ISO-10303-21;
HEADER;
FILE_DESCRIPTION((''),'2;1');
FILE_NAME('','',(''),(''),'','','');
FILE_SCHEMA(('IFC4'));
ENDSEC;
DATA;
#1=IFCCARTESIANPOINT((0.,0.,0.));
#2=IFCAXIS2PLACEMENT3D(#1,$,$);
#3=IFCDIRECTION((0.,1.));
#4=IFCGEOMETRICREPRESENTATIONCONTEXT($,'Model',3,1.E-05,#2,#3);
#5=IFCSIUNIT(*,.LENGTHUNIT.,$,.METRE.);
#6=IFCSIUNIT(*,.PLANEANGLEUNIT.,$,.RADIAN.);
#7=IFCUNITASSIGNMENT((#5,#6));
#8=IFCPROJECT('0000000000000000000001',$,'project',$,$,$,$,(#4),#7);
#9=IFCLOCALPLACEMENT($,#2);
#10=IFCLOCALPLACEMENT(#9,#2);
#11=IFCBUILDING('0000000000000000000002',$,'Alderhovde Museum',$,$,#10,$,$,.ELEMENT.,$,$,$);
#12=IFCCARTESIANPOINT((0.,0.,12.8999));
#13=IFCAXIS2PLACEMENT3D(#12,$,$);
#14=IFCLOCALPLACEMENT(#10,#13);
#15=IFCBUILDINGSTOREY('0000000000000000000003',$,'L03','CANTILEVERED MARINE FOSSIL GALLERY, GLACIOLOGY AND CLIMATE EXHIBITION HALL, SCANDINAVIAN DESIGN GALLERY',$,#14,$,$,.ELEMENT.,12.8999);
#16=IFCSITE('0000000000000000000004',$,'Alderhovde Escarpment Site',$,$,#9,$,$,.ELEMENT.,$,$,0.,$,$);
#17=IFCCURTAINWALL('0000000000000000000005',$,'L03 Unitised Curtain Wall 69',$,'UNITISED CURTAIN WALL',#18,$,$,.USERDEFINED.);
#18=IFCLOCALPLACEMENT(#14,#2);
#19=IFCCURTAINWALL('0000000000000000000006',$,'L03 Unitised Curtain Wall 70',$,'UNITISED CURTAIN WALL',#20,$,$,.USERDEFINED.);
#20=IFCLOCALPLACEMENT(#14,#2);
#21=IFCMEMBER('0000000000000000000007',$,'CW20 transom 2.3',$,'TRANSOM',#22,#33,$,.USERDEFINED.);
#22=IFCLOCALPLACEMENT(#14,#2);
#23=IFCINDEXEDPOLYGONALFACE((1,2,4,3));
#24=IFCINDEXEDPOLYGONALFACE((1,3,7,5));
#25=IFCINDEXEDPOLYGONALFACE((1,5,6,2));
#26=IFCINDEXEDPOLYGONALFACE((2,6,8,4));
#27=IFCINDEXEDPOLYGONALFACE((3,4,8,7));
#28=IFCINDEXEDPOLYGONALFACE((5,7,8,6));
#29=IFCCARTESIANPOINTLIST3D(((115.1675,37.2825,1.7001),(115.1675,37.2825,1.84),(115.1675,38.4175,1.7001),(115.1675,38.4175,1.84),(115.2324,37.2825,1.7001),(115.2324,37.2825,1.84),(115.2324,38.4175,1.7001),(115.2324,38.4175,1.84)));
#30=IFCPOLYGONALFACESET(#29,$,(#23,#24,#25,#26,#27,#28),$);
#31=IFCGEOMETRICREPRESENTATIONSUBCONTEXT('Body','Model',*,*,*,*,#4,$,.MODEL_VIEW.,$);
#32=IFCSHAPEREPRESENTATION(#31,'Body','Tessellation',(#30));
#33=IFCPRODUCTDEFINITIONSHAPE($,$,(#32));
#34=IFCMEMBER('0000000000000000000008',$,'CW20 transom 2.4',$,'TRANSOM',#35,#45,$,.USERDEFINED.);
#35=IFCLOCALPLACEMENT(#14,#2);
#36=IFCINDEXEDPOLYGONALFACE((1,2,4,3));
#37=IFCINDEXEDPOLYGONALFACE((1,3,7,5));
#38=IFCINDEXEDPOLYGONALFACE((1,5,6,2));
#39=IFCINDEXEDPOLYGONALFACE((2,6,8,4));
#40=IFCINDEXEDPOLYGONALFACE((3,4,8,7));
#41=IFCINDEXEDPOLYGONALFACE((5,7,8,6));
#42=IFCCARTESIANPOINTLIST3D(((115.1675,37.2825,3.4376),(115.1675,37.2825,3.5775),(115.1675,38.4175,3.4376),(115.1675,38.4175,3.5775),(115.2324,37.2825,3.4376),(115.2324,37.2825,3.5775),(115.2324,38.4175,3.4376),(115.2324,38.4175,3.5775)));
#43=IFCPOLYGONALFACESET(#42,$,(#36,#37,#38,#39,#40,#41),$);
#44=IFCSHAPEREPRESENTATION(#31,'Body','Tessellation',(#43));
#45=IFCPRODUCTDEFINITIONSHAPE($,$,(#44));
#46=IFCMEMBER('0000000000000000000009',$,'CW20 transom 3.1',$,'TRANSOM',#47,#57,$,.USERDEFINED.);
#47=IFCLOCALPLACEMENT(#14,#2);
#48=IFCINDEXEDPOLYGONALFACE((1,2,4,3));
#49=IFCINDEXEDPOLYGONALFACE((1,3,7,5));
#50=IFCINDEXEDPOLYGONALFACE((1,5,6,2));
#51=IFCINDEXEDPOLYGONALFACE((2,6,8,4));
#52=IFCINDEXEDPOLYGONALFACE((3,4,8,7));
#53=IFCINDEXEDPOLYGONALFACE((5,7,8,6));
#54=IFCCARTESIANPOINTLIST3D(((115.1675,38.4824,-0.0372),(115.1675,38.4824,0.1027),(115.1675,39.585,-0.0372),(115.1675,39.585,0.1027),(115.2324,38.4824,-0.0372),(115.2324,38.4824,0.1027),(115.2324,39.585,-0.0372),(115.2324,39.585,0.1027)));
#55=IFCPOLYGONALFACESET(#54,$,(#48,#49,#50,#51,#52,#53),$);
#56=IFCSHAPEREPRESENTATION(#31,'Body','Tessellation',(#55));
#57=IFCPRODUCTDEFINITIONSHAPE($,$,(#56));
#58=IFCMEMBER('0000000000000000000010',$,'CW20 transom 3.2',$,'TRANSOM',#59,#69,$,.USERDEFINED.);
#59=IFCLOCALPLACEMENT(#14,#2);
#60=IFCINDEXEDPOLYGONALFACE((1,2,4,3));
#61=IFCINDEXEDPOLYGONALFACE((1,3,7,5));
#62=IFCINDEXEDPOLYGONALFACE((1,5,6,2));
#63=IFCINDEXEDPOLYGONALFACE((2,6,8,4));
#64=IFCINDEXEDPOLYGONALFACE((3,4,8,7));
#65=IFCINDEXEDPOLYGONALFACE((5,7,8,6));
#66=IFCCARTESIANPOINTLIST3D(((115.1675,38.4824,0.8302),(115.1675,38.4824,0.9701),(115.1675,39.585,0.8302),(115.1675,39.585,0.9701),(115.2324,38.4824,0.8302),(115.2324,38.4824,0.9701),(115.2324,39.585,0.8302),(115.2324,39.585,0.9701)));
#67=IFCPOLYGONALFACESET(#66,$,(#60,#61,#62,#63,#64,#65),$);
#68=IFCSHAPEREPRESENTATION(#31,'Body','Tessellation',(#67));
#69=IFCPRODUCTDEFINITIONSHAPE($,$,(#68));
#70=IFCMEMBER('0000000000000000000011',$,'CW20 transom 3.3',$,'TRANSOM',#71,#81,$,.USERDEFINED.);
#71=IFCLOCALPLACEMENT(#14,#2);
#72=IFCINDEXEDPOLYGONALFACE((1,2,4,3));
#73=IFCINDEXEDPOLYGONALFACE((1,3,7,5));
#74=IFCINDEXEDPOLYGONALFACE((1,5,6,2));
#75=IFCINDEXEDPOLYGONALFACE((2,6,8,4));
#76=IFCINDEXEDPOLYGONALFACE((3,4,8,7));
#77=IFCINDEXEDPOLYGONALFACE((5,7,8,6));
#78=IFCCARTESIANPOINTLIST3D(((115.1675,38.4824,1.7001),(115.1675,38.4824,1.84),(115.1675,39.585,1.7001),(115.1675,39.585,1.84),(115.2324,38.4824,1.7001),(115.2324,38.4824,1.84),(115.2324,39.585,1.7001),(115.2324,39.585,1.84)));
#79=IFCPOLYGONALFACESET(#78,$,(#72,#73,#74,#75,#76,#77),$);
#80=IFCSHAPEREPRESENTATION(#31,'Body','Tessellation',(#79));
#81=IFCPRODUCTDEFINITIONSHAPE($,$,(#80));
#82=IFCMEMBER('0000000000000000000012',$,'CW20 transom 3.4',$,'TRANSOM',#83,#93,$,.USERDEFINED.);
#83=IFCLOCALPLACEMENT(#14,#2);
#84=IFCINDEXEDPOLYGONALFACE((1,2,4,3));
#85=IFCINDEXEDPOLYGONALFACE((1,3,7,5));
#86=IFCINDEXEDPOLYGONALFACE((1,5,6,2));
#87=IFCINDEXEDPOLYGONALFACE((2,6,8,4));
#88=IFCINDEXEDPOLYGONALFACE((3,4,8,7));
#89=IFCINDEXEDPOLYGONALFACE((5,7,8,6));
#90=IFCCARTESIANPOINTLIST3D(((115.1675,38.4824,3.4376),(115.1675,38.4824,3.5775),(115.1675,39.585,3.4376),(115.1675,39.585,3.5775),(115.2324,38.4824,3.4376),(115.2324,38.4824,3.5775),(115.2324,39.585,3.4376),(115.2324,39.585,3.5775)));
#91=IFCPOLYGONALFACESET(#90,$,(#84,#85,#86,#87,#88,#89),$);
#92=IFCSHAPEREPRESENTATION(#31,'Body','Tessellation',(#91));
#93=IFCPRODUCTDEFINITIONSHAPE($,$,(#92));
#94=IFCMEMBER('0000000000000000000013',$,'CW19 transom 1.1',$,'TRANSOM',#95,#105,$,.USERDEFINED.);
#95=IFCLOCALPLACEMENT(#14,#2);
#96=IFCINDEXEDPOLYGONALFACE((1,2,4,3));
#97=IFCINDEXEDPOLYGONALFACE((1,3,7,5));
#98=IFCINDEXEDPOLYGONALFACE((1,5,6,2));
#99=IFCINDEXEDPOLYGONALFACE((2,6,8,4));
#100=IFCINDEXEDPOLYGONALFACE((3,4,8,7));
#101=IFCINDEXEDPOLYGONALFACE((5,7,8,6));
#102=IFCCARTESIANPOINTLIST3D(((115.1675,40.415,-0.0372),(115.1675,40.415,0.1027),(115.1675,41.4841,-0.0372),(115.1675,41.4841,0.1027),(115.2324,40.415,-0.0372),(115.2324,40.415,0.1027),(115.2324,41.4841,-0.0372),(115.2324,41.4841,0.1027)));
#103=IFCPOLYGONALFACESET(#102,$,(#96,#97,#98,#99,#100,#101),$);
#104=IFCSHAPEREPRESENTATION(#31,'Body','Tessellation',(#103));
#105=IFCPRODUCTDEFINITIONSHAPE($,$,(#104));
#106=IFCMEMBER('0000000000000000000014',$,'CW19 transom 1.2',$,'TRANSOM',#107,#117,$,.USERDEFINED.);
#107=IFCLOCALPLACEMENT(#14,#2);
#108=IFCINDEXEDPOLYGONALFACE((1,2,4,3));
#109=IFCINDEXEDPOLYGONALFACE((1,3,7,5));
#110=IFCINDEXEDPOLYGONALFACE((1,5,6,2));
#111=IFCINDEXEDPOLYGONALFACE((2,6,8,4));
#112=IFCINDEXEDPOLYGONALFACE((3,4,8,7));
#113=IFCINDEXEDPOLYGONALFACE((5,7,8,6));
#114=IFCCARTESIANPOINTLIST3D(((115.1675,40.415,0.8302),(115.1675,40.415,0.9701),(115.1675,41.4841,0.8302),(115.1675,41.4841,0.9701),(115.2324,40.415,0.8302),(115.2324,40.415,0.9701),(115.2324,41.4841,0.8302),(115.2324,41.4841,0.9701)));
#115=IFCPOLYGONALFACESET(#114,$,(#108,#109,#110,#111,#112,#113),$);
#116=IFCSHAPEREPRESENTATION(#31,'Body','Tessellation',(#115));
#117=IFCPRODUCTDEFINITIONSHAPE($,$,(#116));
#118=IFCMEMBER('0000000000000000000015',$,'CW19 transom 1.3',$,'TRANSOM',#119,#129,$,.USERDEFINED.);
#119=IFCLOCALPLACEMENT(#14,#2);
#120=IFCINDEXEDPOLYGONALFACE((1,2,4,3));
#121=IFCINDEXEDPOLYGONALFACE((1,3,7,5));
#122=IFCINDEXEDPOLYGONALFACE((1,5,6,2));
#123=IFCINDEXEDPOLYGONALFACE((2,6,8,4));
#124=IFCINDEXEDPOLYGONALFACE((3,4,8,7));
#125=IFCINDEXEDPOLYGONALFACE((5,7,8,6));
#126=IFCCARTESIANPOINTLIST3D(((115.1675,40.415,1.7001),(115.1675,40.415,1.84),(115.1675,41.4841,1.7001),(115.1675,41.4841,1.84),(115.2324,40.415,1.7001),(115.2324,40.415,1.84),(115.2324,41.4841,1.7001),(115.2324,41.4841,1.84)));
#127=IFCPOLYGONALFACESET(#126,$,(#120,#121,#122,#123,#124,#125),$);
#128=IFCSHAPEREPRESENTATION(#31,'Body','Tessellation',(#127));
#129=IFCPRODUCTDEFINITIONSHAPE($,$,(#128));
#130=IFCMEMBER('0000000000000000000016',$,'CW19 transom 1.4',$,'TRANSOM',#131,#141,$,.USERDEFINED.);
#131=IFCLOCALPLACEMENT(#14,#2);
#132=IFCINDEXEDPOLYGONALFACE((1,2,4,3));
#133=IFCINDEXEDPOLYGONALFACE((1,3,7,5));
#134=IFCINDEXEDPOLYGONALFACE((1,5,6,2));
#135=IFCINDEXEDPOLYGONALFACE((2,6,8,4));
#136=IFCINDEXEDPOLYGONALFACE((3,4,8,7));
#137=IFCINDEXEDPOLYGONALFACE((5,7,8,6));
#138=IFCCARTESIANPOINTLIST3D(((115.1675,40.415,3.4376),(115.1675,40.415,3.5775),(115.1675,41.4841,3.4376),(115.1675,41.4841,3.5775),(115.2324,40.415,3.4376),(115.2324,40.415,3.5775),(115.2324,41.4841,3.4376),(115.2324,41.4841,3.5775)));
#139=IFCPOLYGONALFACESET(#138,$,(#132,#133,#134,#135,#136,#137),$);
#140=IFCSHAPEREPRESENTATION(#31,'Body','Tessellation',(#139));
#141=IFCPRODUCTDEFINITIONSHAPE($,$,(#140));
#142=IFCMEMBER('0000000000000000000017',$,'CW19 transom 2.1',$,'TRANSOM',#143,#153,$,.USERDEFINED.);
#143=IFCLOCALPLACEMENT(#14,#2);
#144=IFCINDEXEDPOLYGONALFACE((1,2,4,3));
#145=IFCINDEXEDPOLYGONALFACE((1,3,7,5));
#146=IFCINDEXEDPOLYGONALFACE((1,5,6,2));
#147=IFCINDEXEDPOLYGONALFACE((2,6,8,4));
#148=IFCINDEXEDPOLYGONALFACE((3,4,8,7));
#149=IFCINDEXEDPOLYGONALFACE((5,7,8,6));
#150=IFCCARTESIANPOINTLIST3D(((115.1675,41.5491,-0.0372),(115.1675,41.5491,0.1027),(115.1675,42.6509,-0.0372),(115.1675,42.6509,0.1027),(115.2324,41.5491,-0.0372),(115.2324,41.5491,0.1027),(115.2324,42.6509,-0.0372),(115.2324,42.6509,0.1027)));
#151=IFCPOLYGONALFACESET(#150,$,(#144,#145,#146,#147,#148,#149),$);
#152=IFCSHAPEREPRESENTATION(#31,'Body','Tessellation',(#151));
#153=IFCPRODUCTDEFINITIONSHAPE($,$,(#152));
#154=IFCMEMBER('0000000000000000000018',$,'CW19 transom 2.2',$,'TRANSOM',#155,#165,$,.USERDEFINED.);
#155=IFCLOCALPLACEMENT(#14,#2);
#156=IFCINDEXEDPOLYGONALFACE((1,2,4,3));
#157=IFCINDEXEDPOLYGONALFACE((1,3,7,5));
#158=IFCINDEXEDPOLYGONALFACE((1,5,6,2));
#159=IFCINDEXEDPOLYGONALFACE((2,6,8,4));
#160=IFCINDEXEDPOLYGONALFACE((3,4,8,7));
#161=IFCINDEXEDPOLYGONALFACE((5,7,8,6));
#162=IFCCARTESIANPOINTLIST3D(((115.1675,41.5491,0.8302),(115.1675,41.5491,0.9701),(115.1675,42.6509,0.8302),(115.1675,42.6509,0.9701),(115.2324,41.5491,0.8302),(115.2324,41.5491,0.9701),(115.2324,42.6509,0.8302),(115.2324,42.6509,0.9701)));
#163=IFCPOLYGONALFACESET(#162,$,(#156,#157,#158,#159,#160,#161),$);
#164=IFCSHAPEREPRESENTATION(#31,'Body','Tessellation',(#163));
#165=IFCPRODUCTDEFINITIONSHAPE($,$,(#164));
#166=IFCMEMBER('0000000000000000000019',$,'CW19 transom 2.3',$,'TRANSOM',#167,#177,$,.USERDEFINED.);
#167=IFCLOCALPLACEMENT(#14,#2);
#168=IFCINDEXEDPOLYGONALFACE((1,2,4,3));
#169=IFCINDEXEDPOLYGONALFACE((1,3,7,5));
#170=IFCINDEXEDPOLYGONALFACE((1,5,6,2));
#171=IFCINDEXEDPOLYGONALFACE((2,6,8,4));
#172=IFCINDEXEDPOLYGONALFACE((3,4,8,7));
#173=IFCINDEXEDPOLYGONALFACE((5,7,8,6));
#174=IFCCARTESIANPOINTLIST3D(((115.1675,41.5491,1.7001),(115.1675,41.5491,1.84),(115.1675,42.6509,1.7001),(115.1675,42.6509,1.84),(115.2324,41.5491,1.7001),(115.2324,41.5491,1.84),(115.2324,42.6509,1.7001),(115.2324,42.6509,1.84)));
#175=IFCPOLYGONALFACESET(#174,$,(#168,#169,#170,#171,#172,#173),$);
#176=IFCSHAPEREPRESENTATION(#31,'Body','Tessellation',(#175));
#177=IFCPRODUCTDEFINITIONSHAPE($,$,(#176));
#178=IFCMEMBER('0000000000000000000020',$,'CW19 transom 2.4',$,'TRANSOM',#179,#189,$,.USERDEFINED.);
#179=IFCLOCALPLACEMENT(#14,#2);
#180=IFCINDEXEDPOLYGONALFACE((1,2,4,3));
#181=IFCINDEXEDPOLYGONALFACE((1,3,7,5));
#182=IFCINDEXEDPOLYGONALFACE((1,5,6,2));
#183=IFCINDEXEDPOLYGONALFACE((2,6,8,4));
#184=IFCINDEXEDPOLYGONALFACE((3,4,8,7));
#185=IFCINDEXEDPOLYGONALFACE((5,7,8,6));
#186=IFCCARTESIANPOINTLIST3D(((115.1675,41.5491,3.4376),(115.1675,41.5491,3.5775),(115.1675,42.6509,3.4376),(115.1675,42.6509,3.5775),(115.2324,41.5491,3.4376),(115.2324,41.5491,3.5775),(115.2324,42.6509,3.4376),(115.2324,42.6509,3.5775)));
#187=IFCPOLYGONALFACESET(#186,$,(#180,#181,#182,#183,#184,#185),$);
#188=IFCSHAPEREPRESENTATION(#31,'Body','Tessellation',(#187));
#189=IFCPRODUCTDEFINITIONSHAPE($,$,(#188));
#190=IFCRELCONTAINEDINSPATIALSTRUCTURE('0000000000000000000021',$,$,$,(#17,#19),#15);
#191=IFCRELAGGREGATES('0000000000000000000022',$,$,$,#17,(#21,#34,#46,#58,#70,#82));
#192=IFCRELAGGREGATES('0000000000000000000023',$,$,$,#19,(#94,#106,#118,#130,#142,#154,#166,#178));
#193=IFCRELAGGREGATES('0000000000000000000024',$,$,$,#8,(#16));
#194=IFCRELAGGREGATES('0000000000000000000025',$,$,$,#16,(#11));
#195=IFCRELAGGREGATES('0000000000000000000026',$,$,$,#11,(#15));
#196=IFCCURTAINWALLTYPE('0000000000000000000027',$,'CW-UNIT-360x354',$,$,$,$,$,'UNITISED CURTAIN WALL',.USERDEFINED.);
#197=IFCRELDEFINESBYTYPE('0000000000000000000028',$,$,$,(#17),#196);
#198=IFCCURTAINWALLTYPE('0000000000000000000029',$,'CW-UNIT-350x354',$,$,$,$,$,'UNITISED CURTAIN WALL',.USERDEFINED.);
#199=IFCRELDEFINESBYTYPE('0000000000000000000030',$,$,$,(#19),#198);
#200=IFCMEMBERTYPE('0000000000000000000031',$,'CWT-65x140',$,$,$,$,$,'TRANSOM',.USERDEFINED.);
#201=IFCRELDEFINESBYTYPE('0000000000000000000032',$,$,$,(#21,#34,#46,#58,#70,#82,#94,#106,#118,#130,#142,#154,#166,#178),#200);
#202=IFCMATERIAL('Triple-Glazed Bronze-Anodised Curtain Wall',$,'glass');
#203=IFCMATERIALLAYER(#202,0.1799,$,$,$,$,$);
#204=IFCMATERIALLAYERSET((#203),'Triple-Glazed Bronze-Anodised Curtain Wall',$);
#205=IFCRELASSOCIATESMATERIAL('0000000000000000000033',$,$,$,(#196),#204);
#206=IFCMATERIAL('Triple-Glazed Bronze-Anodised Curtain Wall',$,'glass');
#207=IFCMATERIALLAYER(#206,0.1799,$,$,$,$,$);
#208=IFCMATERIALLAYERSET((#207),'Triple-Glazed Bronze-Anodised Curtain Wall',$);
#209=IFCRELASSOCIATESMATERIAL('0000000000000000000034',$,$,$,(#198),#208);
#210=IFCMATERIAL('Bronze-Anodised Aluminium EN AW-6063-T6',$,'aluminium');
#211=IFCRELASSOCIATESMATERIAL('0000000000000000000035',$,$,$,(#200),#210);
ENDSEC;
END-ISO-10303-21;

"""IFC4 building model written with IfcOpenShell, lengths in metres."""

from ifc_helpers import new_model, si_unit, direction, frame, origin, origin_2d, place, context, subcontext, project, spatial, rectangle, extrude, material, layer, layer_set, material_profile, profile_set, type_object, element, aggregate, save


model = new_model("IFC4")

# Units and contexts
model_context = context("Model", 3, precision=1e-05, world=origin(), true_north=direction((0.0, 1.0)))
body_context = subcontext(model_context, "Body", "Model", "MODEL_VIEW")
ifc_project = project(units=[si_unit("LENGTHUNIT", "METRE"), si_unit("PLANEANGLEUNIT", "RADIAN")], contexts=[model_context])

# Site, building, storey
site_placement = place(None, origin())
site = spatial("IfcSite", under=ifc_project, at=site_placement, Name="Alderhovde Escarpment Site", CompositionType="ELEMENT", RefElevation=0.0)
building_placement = place(site_placement, origin())
building = spatial("IfcBuilding", under=site, at=building_placement, Name="Alderhovde Museum", CompositionType="ELEMENT")
storey_placement = place(building_placement, frame((0.0, 0.0, 12.8999)))
storey = spatial("IfcBuildingStorey", under=building, at=storey_placement, Name="L03", Description="CANTILEVERED MARINE FOSSIL GALLERY, GLACIOLOGY AND CLIMATE EXHIBITION HALL, SCANDINAVIAN DESIGN GALLERY", CompositionType="ELEMENT", Elevation=12.8999)

# Curtain walls
ifc_material_1 = material(Name="Triple-Glazed Bronze-Anodised Curtain Wall", Category="glass")
ifc_layer_1 = layer(ifc_material_1, 0.1799)
ifc_layer_set_1 = layer_set([ifc_layer_1], Name="Triple-Glazed Bronze-Anodised Curtain Wall")
curtain_wall_type_1 = type_object("IfcCurtainWallType", Name="CW-UNIT-360x354", ElementType="UNITISED CURTAIN WALL", PredefinedType="USERDEFINED", material=ifc_layer_set_1)
curtain_wall_1_placement = place(storey_placement, origin())
curtain_wall_1 = element("IfcCurtainWall", 1, at=curtain_wall_1_placement, inside=storey, type_object=curtain_wall_type_1, Name="L03 Unitised Curtain Wall 69", ObjectType="UNITISED CURTAIN WALL", PredefinedType="USERDEFINED")
ifc_material_2 = material(Name="Triple-Glazed Bronze-Anodised Curtain Wall", Category="glass")
ifc_layer_2 = layer(ifc_material_2, 0.1799)
ifc_layer_set_2 = layer_set([ifc_layer_2], Name="Triple-Glazed Bronze-Anodised Curtain Wall")
curtain_wall_type_2 = type_object("IfcCurtainWallType", Name="CW-UNIT-350x354", ElementType="UNITISED CURTAIN WALL", PredefinedType="USERDEFINED", material=ifc_layer_set_2)
curtain_wall_2_placement = place(storey_placement, origin())
curtain_wall_2 = element("IfcCurtainWall", 2, at=curtain_wall_2_placement, inside=storey, type_object=curtain_wall_type_2, Name="L03 Unitised Curtain Wall 70", ObjectType="UNITISED CURTAIN WALL", PredefinedType="USERDEFINED")

# Members
ifc_material_3 = material(Name="Bronze-Anodised Aluminium EN AW-6063-T6", Category="aluminium")
ifc_material_profile_1 = material_profile(ifc_material_3, rectangle(XDim=0.0649, YDim=0.1399, at=origin_2d()), Name="TRANSOM 65x140")
ifc_profile_set_1 = profile_set([ifc_material_profile_1], Name="Bronze-Anodised Aluminium EN AW-6063-T6")
member_type_1 = type_object("IfcMemberType", Name="CWT-65x140", ElementType="TRANSOM", PredefinedType="USERDEFINED", material=ifc_profile_set_1)
member_1_placement = place(storey_placement, frame((115.2, 37.2825, 1.77), z_axis=(0.0, 1.0, 0.0), x_axis=(-1.0, 0.0, 0.0)))
member_1 = element("IfcMember", 3, at=member_1_placement, type_object=member_type_1, Name="CW20 transom 2.3", ObjectType="TRANSOM", PredefinedType="USERDEFINED", context=body_context, shape_type="SweptSolid", body=[
    extrude(rectangle(XDim=0.0649, YDim=0.1399, at=origin_2d()), origin(), (0.0, 0.0, 1.0), 1.135),
])
member_2_placement = place(storey_placement, frame((115.2, 37.2825, 3.5076), z_axis=(0.0, 1.0, 0.0), x_axis=(-1.0, 0.0, 0.0)))
member_2 = element("IfcMember", 4, at=member_2_placement, type_object=member_type_1, Name="CW20 transom 2.4", ObjectType="TRANSOM", PredefinedType="USERDEFINED", context=body_context, shape_type="SweptSolid", body=[
    extrude(rectangle(XDim=0.0649, YDim=0.1399, at=origin_2d()), origin(), (0.0, 0.0, 1.0), 1.135),
])
member_3_placement = place(storey_placement, frame((115.2, 38.4824, 0.0327), z_axis=(0.0, 1.0, 0.0), x_axis=(-1.0, 0.0, 0.0)))
member_3 = element("IfcMember", 5, at=member_3_placement, type_object=member_type_1, Name="CW20 transom 3.1", ObjectType="TRANSOM", PredefinedType="USERDEFINED", context=body_context, shape_type="SweptSolid", body=[
    extrude(rectangle(XDim=0.0649, YDim=0.1399, at=origin_2d()), origin(), (0.0, 0.0, 1.0), 1.1025),
])
member_4_placement = place(storey_placement, frame((115.2, 38.4824, 0.9001), z_axis=(0.0, 1.0, 0.0), x_axis=(-1.0, 0.0, 0.0)))
member_4 = element("IfcMember", 6, at=member_4_placement, type_object=member_type_1, Name="CW20 transom 3.2", ObjectType="TRANSOM", PredefinedType="USERDEFINED", context=body_context, shape_type="SweptSolid", body=[
    extrude(rectangle(XDim=0.0649, YDim=0.1399, at=origin_2d()), origin(), (0.0, 0.0, 1.0), 1.1025),
])
member_5_placement = place(storey_placement, frame((115.2, 38.4824, 1.77), z_axis=(0.0, 1.0, 0.0), x_axis=(-1.0, 0.0, 0.0)))
member_5 = element("IfcMember", 7, at=member_5_placement, type_object=member_type_1, Name="CW20 transom 3.3", ObjectType="TRANSOM", PredefinedType="USERDEFINED", context=body_context, shape_type="SweptSolid", body=[
    extrude(rectangle(XDim=0.0649, YDim=0.1399, at=origin_2d()), origin(), (0.0, 0.0, 1.0), 1.1025),
])
member_6_placement = place(storey_placement, frame((115.2, 38.4824, 3.5076), z_axis=(0.0, 1.0, 0.0), x_axis=(-1.0, 0.0, 0.0)))
member_6 = element("IfcMember", 8, at=member_6_placement, type_object=member_type_1, Name="CW20 transom 3.4", ObjectType="TRANSOM", PredefinedType="USERDEFINED", context=body_context, shape_type="SweptSolid", body=[
    extrude(rectangle(XDim=0.0649, YDim=0.1399, at=origin_2d()), origin(), (0.0, 0.0, 1.0), 1.1025),
])
member_7_placement = place(storey_placement, frame((115.2, 40.415, 0.0327), z_axis=(0.0, 1.0, 0.0), x_axis=(-1.0, 0.0, 0.0)))
member_7 = element("IfcMember", 9, at=member_7_placement, type_object=member_type_1, Name="CW19 transom 1.1", ObjectType="TRANSOM", PredefinedType="USERDEFINED", context=body_context, shape_type="SweptSolid", body=[
    extrude(rectangle(XDim=0.0649, YDim=0.1399, at=origin_2d()), origin(), (0.0, 0.0, 1.0), 1.0691),
])
member_8_placement = place(storey_placement, frame((115.2, 40.415, 0.9001), z_axis=(0.0, 1.0, 0.0), x_axis=(-1.0, 0.0, 0.0)))
member_8 = element("IfcMember", 10, at=member_8_placement, type_object=member_type_1, Name="CW19 transom 1.2", ObjectType="TRANSOM", PredefinedType="USERDEFINED", context=body_context, shape_type="SweptSolid", body=[
    extrude(rectangle(XDim=0.0649, YDim=0.1399, at=origin_2d()), origin(), (0.0, 0.0, 1.0), 1.0691),
])
member_9_placement = place(storey_placement, frame((115.2, 40.415, 1.77), z_axis=(0.0, 1.0, 0.0), x_axis=(-1.0, 0.0, 0.0)))
member_9 = element("IfcMember", 11, at=member_9_placement, type_object=member_type_1, Name="CW19 transom 1.3", ObjectType="TRANSOM", PredefinedType="USERDEFINED", context=body_context, shape_type="SweptSolid", body=[
    extrude(rectangle(XDim=0.0649, YDim=0.1399, at=origin_2d()), origin(), (0.0, 0.0, 1.0), 1.0691),
])
member_10_placement = place(storey_placement, frame((115.2, 40.415, 3.5076), z_axis=(0.0, 1.0, 0.0), x_axis=(-1.0, 0.0, 0.0)))
member_10 = element("IfcMember", 12, at=member_10_placement, type_object=member_type_1, Name="CW19 transom 1.4", ObjectType="TRANSOM", PredefinedType="USERDEFINED", context=body_context, shape_type="SweptSolid", body=[
    extrude(rectangle(XDim=0.0649, YDim=0.1399, at=origin_2d()), origin(), (0.0, 0.0, 1.0), 1.0691),
])
member_11_placement = place(storey_placement, frame((115.2, 41.5491, 0.0327), z_axis=(0.0, 1.0, 0.0), x_axis=(-1.0, 0.0, 0.0)))
member_11 = element("IfcMember", 13, at=member_11_placement, type_object=member_type_1, Name="CW19 transom 2.1", ObjectType="TRANSOM", PredefinedType="USERDEFINED", context=body_context, shape_type="SweptSolid", body=[
    extrude(rectangle(XDim=0.0649, YDim=0.1399, at=origin_2d()), origin(), (0.0, 0.0, 1.0), 1.1018),
])
member_12_placement = place(storey_placement, frame((115.2, 41.5491, 0.9001), z_axis=(0.0, 1.0, 0.0), x_axis=(-1.0, 0.0, 0.0)))
member_12 = element("IfcMember", 14, at=member_12_placement, type_object=member_type_1, Name="CW19 transom 2.2", ObjectType="TRANSOM", PredefinedType="USERDEFINED", context=body_context, shape_type="SweptSolid", body=[
    extrude(rectangle(XDim=0.0649, YDim=0.1399, at=origin_2d()), origin(), (0.0, 0.0, 1.0), 1.1018),
])
member_13_placement = place(storey_placement, frame((115.2, 41.5491, 1.77), z_axis=(0.0, 1.0, 0.0), x_axis=(-1.0, 0.0, 0.0)))
member_13 = element("IfcMember", 15, at=member_13_placement, type_object=member_type_1, Name="CW19 transom 2.3", ObjectType="TRANSOM", PredefinedType="USERDEFINED", context=body_context, shape_type="SweptSolid", body=[
    extrude(rectangle(XDim=0.0649, YDim=0.1399, at=origin_2d()), origin(), (0.0, 0.0, 1.0), 1.1018),
])
member_14_placement = place(storey_placement, frame((115.2, 41.5491, 3.5076), z_axis=(0.0, 1.0, 0.0), x_axis=(-1.0, 0.0, 0.0)))
member_14 = element("IfcMember", 16, at=member_14_placement, type_object=member_type_1, Name="CW19 transom 2.4", ObjectType="TRANSOM", PredefinedType="USERDEFINED", context=body_context, shape_type="SweptSolid", body=[
    extrude(rectangle(XDim=0.0649, YDim=0.1399, at=origin_2d()), origin(), (0.0, 0.0, 1.0), 1.1018),
])

aggregate(curtain_wall_1, [member_1, member_2, member_3, member_4, member_5, member_6])
aggregate(curtain_wall_2, [member_7, member_8, member_9, member_10, member_11, member_12, member_13, member_14])

save(model, "model.ifc")
